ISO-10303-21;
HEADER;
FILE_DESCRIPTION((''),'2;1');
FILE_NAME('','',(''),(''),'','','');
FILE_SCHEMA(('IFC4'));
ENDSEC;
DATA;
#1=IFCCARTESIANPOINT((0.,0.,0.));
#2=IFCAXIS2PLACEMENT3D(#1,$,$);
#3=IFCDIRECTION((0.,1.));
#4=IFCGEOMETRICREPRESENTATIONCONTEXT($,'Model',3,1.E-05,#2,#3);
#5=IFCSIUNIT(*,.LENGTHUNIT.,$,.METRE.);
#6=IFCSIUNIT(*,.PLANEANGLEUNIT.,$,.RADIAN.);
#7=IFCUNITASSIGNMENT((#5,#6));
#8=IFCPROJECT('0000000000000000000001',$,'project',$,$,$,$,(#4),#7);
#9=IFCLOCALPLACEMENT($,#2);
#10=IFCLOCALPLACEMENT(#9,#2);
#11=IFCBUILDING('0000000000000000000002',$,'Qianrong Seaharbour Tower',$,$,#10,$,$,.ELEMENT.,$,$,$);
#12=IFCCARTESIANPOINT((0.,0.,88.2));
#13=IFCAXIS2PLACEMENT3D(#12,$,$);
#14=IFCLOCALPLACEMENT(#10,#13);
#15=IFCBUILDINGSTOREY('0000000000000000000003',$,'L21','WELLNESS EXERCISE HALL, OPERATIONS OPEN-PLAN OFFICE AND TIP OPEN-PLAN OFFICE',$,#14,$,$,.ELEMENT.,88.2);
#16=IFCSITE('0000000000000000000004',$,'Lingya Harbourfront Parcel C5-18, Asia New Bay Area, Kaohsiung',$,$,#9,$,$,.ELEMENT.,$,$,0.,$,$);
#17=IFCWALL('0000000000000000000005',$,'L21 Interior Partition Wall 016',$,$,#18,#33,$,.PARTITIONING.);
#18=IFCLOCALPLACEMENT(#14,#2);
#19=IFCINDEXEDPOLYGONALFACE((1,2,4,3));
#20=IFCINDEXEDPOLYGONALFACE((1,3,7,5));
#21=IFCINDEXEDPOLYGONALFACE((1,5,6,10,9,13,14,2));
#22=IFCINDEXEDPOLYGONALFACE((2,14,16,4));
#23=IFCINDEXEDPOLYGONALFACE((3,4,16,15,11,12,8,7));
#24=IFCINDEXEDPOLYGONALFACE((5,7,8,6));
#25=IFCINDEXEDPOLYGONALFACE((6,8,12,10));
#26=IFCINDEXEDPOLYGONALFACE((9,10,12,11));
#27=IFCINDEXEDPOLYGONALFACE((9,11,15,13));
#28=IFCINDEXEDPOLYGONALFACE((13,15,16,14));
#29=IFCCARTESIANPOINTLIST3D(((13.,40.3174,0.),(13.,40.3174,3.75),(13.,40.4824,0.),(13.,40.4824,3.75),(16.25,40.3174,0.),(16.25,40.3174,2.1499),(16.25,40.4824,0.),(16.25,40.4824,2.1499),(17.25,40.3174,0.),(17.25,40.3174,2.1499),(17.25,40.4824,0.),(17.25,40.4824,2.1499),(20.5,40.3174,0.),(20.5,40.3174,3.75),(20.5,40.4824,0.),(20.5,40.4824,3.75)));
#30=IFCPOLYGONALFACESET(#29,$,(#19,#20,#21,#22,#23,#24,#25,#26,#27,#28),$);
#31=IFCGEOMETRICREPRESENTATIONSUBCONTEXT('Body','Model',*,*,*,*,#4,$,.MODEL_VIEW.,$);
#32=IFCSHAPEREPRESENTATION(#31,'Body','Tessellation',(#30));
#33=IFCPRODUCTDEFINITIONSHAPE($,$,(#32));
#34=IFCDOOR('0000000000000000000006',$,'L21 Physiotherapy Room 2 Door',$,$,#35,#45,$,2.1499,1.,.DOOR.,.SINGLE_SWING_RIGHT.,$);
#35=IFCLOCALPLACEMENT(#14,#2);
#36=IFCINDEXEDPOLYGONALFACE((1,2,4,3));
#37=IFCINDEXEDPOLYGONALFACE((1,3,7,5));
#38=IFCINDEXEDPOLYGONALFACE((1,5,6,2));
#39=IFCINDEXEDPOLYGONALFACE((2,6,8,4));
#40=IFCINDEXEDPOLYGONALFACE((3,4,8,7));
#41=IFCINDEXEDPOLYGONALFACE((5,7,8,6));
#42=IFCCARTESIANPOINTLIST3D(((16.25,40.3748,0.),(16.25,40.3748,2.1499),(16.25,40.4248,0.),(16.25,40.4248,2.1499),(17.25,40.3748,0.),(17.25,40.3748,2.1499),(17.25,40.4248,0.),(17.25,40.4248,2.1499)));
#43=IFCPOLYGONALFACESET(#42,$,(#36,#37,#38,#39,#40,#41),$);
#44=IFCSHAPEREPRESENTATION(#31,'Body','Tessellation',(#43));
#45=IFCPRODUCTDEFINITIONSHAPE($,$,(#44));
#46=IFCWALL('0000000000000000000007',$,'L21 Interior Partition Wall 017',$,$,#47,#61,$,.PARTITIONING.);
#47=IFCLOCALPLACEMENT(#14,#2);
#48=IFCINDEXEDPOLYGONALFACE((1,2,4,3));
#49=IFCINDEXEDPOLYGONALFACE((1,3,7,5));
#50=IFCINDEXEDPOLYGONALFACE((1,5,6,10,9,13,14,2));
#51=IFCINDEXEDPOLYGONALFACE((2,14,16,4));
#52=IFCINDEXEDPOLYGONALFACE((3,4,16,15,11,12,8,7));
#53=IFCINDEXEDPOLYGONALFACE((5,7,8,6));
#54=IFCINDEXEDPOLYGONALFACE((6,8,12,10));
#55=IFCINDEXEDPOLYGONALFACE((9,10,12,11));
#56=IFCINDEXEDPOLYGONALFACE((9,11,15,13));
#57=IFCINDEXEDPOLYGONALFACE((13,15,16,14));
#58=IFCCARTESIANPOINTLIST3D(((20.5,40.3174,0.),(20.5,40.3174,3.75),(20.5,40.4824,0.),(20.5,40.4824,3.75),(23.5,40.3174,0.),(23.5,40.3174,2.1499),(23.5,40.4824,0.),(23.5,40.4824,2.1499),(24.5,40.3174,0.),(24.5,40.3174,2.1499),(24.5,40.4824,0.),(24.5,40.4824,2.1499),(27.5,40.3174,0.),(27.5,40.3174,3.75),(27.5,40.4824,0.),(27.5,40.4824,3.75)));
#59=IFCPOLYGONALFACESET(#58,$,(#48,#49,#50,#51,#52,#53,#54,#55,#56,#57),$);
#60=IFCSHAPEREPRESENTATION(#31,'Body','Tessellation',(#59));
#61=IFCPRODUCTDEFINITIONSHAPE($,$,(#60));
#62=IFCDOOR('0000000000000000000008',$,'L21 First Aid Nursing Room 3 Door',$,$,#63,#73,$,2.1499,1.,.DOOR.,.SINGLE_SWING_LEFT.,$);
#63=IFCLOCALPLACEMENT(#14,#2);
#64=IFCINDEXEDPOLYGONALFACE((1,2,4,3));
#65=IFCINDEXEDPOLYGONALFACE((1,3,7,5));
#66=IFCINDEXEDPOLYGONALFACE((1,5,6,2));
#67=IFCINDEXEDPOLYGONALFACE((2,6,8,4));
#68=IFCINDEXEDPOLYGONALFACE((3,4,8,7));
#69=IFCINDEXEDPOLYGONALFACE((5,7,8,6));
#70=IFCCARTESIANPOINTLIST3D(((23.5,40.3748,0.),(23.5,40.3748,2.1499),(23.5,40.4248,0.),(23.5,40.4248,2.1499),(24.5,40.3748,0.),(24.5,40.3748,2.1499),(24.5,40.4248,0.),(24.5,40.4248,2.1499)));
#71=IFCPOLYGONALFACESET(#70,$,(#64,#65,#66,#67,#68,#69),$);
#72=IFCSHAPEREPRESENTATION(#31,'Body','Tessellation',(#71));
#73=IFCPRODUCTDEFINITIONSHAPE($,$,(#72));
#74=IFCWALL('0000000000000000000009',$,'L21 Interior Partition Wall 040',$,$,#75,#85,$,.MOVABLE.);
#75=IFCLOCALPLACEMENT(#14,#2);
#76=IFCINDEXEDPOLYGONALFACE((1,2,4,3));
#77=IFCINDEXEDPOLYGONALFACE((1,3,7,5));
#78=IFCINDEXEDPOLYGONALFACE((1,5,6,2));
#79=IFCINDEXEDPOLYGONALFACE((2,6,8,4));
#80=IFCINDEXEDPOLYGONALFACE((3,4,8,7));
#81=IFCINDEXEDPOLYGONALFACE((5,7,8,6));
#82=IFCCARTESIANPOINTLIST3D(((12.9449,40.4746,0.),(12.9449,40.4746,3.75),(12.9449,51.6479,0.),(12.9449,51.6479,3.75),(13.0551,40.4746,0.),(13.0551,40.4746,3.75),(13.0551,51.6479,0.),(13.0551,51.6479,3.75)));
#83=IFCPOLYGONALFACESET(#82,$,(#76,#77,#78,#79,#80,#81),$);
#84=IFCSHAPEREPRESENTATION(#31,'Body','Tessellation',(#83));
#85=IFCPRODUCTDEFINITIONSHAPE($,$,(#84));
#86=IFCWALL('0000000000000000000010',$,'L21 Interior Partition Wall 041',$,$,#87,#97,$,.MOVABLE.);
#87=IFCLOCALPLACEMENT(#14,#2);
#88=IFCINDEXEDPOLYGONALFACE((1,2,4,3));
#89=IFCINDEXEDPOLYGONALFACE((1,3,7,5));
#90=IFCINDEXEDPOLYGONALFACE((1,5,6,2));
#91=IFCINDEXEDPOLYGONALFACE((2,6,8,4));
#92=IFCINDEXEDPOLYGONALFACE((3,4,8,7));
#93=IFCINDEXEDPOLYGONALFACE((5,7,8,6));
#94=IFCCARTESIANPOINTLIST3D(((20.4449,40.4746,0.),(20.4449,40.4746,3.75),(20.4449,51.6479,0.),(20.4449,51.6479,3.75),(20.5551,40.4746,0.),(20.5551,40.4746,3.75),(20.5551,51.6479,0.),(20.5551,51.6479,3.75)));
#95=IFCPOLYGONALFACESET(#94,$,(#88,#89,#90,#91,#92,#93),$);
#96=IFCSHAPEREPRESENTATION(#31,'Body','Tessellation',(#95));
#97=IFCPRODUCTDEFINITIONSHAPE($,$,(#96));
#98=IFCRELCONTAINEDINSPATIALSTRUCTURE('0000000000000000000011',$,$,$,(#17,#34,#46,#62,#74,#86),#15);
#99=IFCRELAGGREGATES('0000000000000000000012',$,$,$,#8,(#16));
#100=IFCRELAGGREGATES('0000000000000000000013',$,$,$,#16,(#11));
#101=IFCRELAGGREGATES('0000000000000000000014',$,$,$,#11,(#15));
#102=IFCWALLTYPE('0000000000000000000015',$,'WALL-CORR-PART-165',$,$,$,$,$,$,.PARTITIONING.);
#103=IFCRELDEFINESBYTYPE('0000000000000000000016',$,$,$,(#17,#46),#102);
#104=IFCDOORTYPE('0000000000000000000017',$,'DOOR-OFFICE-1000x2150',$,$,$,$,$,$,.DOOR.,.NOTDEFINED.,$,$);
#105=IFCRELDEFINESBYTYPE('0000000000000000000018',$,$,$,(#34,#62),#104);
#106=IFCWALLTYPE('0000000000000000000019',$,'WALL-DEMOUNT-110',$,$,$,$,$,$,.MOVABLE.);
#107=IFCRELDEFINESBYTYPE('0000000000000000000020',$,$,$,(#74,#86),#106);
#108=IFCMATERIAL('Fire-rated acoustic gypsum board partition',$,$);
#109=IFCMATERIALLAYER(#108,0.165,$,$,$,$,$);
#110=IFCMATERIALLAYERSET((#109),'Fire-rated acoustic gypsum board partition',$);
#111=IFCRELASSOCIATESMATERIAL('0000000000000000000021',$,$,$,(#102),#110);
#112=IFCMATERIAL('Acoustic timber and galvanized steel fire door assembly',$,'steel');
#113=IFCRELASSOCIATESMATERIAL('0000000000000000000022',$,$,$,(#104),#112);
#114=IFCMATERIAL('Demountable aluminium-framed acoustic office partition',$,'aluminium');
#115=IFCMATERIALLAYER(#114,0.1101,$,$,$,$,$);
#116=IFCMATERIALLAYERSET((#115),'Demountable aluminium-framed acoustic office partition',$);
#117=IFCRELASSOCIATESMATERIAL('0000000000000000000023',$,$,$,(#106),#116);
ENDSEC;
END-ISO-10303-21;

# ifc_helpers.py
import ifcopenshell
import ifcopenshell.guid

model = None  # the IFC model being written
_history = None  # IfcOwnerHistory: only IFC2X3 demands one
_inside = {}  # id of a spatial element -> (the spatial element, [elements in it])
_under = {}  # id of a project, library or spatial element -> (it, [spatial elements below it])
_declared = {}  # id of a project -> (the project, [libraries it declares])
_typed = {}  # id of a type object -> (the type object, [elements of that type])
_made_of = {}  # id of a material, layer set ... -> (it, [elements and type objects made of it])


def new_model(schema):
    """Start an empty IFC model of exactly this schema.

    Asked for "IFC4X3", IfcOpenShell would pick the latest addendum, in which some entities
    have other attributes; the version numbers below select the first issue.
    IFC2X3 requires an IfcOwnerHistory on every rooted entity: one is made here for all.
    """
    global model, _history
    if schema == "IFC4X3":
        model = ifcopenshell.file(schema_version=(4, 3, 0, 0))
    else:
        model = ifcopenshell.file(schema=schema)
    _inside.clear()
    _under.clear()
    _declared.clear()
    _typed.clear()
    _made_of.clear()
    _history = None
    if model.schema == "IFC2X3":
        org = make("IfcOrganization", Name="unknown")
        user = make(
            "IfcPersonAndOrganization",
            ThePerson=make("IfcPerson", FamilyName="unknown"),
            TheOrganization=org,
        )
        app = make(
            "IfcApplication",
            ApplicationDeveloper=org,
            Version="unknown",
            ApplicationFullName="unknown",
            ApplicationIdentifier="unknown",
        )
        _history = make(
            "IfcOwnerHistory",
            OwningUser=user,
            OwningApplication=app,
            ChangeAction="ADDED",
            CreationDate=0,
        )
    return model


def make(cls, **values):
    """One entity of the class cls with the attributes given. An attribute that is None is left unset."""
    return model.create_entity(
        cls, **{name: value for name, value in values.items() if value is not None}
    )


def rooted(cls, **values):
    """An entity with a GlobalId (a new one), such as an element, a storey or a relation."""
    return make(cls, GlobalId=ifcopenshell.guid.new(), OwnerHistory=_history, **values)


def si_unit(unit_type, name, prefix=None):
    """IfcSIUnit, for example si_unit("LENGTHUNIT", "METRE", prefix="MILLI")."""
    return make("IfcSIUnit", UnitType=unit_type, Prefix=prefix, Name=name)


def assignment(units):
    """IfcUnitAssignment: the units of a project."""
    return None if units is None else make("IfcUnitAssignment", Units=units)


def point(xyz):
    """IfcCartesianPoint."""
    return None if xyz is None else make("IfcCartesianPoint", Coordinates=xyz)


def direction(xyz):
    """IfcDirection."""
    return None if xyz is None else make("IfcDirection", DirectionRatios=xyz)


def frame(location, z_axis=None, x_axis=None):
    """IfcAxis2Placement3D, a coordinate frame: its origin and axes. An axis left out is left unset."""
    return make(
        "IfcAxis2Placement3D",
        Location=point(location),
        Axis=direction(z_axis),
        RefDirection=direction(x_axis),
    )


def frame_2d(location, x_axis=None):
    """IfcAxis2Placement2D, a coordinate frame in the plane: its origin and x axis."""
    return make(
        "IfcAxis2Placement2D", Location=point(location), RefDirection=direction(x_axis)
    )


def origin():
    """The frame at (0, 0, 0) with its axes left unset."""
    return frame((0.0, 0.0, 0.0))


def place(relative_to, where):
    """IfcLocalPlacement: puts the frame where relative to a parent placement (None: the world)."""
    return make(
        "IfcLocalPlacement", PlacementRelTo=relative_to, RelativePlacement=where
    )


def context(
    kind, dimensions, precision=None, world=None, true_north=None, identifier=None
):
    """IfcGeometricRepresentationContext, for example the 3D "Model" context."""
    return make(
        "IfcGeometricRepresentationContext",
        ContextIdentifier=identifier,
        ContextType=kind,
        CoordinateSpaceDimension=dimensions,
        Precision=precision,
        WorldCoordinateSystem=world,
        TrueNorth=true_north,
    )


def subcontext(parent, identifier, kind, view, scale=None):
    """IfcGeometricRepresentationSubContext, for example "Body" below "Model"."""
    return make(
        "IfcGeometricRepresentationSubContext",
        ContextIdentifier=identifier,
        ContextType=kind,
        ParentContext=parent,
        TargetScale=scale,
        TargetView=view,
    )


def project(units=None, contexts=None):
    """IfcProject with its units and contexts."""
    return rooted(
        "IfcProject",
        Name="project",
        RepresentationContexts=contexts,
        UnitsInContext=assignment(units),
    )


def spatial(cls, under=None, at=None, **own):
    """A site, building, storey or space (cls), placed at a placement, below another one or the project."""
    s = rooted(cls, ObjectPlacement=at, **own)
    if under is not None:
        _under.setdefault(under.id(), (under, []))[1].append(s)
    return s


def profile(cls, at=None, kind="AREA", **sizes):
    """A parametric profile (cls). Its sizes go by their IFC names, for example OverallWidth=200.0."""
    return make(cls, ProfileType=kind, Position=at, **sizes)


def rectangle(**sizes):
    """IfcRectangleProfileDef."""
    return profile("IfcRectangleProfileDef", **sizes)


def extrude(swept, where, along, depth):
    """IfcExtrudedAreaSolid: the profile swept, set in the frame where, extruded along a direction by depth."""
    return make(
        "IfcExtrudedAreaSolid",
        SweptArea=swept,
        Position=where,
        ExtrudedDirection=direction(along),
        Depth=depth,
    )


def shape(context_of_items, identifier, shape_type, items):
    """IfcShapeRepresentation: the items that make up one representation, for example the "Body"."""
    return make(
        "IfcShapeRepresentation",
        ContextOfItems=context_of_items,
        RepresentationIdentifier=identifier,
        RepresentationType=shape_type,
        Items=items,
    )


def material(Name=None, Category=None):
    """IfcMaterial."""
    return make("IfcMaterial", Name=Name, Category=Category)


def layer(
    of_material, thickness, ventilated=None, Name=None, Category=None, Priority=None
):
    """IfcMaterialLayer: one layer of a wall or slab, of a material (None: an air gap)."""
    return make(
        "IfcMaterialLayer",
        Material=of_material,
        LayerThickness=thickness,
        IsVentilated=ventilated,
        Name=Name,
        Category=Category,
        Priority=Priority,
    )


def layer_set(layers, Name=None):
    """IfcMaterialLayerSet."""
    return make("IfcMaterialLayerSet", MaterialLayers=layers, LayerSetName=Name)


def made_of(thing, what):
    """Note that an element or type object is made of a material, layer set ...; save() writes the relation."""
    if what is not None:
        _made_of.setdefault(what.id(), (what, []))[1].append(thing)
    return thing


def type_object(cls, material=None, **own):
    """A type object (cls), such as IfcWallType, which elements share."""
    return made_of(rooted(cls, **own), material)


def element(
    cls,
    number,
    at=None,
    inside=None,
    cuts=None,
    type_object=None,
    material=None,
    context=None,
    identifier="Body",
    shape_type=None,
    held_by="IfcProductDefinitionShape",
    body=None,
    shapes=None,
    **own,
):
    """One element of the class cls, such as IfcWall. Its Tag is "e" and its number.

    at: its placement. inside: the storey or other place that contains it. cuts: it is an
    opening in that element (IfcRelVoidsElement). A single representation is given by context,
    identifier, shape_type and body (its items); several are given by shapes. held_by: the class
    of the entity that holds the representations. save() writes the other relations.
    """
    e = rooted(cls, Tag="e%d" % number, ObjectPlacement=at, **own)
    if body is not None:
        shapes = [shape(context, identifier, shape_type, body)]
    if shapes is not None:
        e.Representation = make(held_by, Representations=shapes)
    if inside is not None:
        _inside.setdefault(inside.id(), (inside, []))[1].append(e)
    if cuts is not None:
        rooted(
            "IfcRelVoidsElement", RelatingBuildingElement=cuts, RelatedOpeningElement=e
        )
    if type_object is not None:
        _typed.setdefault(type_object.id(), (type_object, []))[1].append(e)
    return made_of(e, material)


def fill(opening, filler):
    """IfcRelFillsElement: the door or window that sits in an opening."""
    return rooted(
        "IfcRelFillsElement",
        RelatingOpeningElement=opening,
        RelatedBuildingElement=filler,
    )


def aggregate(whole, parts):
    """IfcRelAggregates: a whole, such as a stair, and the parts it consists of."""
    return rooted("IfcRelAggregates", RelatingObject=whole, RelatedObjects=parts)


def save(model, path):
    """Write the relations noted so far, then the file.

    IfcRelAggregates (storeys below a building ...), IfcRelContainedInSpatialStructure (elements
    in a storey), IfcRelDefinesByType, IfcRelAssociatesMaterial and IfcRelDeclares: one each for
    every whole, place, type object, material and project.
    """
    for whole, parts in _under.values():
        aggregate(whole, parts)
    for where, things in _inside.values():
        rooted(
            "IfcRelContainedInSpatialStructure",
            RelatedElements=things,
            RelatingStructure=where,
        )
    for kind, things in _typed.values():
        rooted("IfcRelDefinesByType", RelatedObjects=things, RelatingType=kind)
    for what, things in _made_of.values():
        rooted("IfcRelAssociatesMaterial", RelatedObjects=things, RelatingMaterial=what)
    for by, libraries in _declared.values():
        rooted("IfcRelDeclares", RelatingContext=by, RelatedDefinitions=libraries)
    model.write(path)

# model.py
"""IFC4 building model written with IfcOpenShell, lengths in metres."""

from ifc_helpers import new_model, si_unit, direction, frame, frame_2d, origin, place, context, subcontext, project, spatial, rectangle, extrude, material, layer, layer_set, type_object, element, fill, save


model = new_model("IFC4")

# Units and contexts
model_context = context("Model", 3, precision=1e-05, world=origin(), true_north=direction((0.0, 1.0)))
body_context = subcontext(model_context, "Body", "Model", "MODEL_VIEW")
ifc_project = project(units=[si_unit("LENGTHUNIT", "METRE"), si_unit("PLANEANGLEUNIT", "RADIAN")], contexts=[model_context])

# Site, building, storey
site_placement = place(None, origin())
site = spatial("IfcSite", under=ifc_project, at=site_placement, Name="Lingya Harbourfront Parcel C5-18, Asia New Bay Area, Kaohsiung", CompositionType="ELEMENT", RefElevation=0.0)
building_placement = place(site_placement, origin())
building = spatial("IfcBuilding", under=site, at=building_placement, Name="Qianrong Seaharbour Tower", CompositionType="ELEMENT")
storey_placement = place(building_placement, frame((0.0, 0.0, 88.2)))
storey = spatial("IfcBuildingStorey", under=building, at=storey_placement, Name="L21", Description="WELLNESS EXERCISE HALL, OPERATIONS OPEN-PLAN OFFICE AND TIP OPEN-PLAN OFFICE", CompositionType="ELEMENT", Elevation=88.2)

# Walls, openings, doors
ifc_material_1 = material(Name="Fire-rated acoustic gypsum board partition")
ifc_layer_1 = layer(ifc_material_1, 0.165)
ifc_layer_set_1 = layer_set([ifc_layer_1], Name="Fire-rated acoustic gypsum board partition")
wall_type_1 = type_object("IfcWallType", Name="WALL-CORR-PART-165", PredefinedType="PARTITIONING", material=ifc_layer_set_1)
wall_1_placement = place(storey_placement, frame((13.0, 40.3999, 0.0), z_axis=(0.0, 0.0, 1.0), x_axis=(1.0, 0.0, 0.0)))
wall_1 = element("IfcWall", 1, at=wall_1_placement, inside=storey, type_object=wall_type_1, Name="L21 Interior Partition Wall 016", PredefinedType="PARTITIONING", context=body_context, shape_type="SweptSolid", body=[
    extrude(rectangle(XDim=7.5, YDim=0.165, at=frame_2d((3.75, 0.0))), origin(), (0.0, 0.0, 1.0), 3.75),
])
opening_1_placement = place(wall_1_placement, frame((3.25, 0.0, 0.0)))
opening_1 = element("IfcOpeningElement", 2, at=opening_1_placement, cuts=wall_1, PredefinedType="OPENING", context=body_context, shape_type="SweptSolid", body=[
    extrude(rectangle(XDim=1.0, YDim=2.1499, at=frame_2d((0.5, 1.075))), frame((0.0, 0.0925, 0.0), z_axis=(0.0, -1.0, 0.0), x_axis=(1.0, 0.0, 0.0)), (0.0, 0.0, 1.0), 0.1851),
])
ifc_material_2 = material(Name="Acoustic timber and galvanized steel fire door assembly", Category="steel")
door_type = type_object("IfcDoorType", Name="DOOR-OFFICE-1000x2150", OperationType="NOTDEFINED", PredefinedType="DOOR", material=ifc_material_2)
door_1_placement = place(opening_1_placement, origin())
door_1 = element("IfcDoor", 3, at=door_1_placement, inside=storey, type_object=door_type, Name="L21 Physiotherapy Room 2 Door", OperationType="SINGLE_SWING_RIGHT", OverallHeight=2.1499, OverallWidth=1.0, PredefinedType="DOOR", context=body_context, shape_type="SweptSolid", body=[
    extrude(rectangle(XDim=1.0, YDim=2.1499, at=frame_2d((0.5, 1.075))), frame((0.0, 0.0249, 0.0), z_axis=(0.0, -1.0, 0.0), x_axis=(1.0, 0.0, 0.0)), (0.0, 0.0, 1.0), 0.05),
])
fill(opening_1, door_1)
wall_2_placement = place(storey_placement, frame((20.5, 40.3999, 0.0), z_axis=(0.0, 0.0, 1.0), x_axis=(1.0, 0.0, 0.0)))
wall_2 = element("IfcWall", 4, at=wall_2_placement, inside=storey, type_object=wall_type_1, Name="L21 Interior Partition Wall 017", PredefinedType="PARTITIONING", context=body_context, shape_type="SweptSolid", body=[
    extrude(rectangle(XDim=7.0, YDim=0.165, at=frame_2d((3.5, 0.0))), origin(), (0.0, 0.0, 1.0), 3.75),
])
opening_2_placement = place(wall_2_placement, frame((3.0, 0.0, 0.0)))
opening_2 = element("IfcOpeningElement", 5, at=opening_2_placement, cuts=wall_2, PredefinedType="OPENING", context=body_context, shape_type="SweptSolid", body=[
    extrude(rectangle(XDim=1.0, YDim=2.1499, at=frame_2d((0.5, 1.075))), frame((0.0, 0.0925, 0.0), z_axis=(0.0, -1.0, 0.0), x_axis=(1.0, 0.0, 0.0)), (0.0, 0.0, 1.0), 0.1851),
])
door_2_placement = place(opening_2_placement, origin())
door_2 = element("IfcDoor", 6, at=door_2_placement, inside=storey, type_object=door_type, Name="L21 First Aid Nursing Room 3 Door", OperationType="SINGLE_SWING_LEFT", OverallHeight=2.1499, OverallWidth=1.0, PredefinedType="DOOR", context=body_context, shape_type="SweptSolid", body=[
    extrude(rectangle(XDim=1.0, YDim=2.1499, at=frame_2d((0.5, 1.075))), frame((0.0, 0.0249, 0.0), z_axis=(0.0, -1.0, 0.0), x_axis=(1.0, 0.0, 0.0)), (0.0, 0.0, 1.0), 0.05),
])
fill(opening_2, door_2)

# Walls
ifc_material_3 = material(Name="Demountable aluminium-framed acoustic office partition", Category="aluminium")
ifc_layer_2 = layer(ifc_material_3, 0.1101)
ifc_layer_set_2 = layer_set([ifc_layer_2], Name="Demountable aluminium-framed acoustic office partition")
wall_type_2 = type_object("IfcWallType", Name="WALL-DEMOUNT-110", PredefinedType="MOVABLE", material=ifc_layer_set_2)
for number, where, z_axis, x_axis, name in (
    (7, (13.0, 51.6479, 0.0), (0.0, 0.0, 1.0), (0.0, -1.0, 0.0), "L21 Interior Partition Wall 040"),
    (8, (20.5, 51.6479, 0.0), (0.0, 0.0, 1.0), (0.0, -1.0, 0.0), "L21 Interior Partition Wall 041"),
):
    element("IfcWall", number, at=place(storey_placement, frame(where, z_axis=z_axis, x_axis=x_axis)), inside=storey, type_object=wall_type_2, Name=name, PredefinedType="MOVABLE", context=body_context, shape_type="SweptSolid", body=[
        extrude(rectangle(XDim=11.1733, YDim=0.1101, at=frame_2d((5.5867, 0.0))), origin(), (0.0, 0.0, 1.0), 3.75),
    ])

save(model, "model.ifc")
